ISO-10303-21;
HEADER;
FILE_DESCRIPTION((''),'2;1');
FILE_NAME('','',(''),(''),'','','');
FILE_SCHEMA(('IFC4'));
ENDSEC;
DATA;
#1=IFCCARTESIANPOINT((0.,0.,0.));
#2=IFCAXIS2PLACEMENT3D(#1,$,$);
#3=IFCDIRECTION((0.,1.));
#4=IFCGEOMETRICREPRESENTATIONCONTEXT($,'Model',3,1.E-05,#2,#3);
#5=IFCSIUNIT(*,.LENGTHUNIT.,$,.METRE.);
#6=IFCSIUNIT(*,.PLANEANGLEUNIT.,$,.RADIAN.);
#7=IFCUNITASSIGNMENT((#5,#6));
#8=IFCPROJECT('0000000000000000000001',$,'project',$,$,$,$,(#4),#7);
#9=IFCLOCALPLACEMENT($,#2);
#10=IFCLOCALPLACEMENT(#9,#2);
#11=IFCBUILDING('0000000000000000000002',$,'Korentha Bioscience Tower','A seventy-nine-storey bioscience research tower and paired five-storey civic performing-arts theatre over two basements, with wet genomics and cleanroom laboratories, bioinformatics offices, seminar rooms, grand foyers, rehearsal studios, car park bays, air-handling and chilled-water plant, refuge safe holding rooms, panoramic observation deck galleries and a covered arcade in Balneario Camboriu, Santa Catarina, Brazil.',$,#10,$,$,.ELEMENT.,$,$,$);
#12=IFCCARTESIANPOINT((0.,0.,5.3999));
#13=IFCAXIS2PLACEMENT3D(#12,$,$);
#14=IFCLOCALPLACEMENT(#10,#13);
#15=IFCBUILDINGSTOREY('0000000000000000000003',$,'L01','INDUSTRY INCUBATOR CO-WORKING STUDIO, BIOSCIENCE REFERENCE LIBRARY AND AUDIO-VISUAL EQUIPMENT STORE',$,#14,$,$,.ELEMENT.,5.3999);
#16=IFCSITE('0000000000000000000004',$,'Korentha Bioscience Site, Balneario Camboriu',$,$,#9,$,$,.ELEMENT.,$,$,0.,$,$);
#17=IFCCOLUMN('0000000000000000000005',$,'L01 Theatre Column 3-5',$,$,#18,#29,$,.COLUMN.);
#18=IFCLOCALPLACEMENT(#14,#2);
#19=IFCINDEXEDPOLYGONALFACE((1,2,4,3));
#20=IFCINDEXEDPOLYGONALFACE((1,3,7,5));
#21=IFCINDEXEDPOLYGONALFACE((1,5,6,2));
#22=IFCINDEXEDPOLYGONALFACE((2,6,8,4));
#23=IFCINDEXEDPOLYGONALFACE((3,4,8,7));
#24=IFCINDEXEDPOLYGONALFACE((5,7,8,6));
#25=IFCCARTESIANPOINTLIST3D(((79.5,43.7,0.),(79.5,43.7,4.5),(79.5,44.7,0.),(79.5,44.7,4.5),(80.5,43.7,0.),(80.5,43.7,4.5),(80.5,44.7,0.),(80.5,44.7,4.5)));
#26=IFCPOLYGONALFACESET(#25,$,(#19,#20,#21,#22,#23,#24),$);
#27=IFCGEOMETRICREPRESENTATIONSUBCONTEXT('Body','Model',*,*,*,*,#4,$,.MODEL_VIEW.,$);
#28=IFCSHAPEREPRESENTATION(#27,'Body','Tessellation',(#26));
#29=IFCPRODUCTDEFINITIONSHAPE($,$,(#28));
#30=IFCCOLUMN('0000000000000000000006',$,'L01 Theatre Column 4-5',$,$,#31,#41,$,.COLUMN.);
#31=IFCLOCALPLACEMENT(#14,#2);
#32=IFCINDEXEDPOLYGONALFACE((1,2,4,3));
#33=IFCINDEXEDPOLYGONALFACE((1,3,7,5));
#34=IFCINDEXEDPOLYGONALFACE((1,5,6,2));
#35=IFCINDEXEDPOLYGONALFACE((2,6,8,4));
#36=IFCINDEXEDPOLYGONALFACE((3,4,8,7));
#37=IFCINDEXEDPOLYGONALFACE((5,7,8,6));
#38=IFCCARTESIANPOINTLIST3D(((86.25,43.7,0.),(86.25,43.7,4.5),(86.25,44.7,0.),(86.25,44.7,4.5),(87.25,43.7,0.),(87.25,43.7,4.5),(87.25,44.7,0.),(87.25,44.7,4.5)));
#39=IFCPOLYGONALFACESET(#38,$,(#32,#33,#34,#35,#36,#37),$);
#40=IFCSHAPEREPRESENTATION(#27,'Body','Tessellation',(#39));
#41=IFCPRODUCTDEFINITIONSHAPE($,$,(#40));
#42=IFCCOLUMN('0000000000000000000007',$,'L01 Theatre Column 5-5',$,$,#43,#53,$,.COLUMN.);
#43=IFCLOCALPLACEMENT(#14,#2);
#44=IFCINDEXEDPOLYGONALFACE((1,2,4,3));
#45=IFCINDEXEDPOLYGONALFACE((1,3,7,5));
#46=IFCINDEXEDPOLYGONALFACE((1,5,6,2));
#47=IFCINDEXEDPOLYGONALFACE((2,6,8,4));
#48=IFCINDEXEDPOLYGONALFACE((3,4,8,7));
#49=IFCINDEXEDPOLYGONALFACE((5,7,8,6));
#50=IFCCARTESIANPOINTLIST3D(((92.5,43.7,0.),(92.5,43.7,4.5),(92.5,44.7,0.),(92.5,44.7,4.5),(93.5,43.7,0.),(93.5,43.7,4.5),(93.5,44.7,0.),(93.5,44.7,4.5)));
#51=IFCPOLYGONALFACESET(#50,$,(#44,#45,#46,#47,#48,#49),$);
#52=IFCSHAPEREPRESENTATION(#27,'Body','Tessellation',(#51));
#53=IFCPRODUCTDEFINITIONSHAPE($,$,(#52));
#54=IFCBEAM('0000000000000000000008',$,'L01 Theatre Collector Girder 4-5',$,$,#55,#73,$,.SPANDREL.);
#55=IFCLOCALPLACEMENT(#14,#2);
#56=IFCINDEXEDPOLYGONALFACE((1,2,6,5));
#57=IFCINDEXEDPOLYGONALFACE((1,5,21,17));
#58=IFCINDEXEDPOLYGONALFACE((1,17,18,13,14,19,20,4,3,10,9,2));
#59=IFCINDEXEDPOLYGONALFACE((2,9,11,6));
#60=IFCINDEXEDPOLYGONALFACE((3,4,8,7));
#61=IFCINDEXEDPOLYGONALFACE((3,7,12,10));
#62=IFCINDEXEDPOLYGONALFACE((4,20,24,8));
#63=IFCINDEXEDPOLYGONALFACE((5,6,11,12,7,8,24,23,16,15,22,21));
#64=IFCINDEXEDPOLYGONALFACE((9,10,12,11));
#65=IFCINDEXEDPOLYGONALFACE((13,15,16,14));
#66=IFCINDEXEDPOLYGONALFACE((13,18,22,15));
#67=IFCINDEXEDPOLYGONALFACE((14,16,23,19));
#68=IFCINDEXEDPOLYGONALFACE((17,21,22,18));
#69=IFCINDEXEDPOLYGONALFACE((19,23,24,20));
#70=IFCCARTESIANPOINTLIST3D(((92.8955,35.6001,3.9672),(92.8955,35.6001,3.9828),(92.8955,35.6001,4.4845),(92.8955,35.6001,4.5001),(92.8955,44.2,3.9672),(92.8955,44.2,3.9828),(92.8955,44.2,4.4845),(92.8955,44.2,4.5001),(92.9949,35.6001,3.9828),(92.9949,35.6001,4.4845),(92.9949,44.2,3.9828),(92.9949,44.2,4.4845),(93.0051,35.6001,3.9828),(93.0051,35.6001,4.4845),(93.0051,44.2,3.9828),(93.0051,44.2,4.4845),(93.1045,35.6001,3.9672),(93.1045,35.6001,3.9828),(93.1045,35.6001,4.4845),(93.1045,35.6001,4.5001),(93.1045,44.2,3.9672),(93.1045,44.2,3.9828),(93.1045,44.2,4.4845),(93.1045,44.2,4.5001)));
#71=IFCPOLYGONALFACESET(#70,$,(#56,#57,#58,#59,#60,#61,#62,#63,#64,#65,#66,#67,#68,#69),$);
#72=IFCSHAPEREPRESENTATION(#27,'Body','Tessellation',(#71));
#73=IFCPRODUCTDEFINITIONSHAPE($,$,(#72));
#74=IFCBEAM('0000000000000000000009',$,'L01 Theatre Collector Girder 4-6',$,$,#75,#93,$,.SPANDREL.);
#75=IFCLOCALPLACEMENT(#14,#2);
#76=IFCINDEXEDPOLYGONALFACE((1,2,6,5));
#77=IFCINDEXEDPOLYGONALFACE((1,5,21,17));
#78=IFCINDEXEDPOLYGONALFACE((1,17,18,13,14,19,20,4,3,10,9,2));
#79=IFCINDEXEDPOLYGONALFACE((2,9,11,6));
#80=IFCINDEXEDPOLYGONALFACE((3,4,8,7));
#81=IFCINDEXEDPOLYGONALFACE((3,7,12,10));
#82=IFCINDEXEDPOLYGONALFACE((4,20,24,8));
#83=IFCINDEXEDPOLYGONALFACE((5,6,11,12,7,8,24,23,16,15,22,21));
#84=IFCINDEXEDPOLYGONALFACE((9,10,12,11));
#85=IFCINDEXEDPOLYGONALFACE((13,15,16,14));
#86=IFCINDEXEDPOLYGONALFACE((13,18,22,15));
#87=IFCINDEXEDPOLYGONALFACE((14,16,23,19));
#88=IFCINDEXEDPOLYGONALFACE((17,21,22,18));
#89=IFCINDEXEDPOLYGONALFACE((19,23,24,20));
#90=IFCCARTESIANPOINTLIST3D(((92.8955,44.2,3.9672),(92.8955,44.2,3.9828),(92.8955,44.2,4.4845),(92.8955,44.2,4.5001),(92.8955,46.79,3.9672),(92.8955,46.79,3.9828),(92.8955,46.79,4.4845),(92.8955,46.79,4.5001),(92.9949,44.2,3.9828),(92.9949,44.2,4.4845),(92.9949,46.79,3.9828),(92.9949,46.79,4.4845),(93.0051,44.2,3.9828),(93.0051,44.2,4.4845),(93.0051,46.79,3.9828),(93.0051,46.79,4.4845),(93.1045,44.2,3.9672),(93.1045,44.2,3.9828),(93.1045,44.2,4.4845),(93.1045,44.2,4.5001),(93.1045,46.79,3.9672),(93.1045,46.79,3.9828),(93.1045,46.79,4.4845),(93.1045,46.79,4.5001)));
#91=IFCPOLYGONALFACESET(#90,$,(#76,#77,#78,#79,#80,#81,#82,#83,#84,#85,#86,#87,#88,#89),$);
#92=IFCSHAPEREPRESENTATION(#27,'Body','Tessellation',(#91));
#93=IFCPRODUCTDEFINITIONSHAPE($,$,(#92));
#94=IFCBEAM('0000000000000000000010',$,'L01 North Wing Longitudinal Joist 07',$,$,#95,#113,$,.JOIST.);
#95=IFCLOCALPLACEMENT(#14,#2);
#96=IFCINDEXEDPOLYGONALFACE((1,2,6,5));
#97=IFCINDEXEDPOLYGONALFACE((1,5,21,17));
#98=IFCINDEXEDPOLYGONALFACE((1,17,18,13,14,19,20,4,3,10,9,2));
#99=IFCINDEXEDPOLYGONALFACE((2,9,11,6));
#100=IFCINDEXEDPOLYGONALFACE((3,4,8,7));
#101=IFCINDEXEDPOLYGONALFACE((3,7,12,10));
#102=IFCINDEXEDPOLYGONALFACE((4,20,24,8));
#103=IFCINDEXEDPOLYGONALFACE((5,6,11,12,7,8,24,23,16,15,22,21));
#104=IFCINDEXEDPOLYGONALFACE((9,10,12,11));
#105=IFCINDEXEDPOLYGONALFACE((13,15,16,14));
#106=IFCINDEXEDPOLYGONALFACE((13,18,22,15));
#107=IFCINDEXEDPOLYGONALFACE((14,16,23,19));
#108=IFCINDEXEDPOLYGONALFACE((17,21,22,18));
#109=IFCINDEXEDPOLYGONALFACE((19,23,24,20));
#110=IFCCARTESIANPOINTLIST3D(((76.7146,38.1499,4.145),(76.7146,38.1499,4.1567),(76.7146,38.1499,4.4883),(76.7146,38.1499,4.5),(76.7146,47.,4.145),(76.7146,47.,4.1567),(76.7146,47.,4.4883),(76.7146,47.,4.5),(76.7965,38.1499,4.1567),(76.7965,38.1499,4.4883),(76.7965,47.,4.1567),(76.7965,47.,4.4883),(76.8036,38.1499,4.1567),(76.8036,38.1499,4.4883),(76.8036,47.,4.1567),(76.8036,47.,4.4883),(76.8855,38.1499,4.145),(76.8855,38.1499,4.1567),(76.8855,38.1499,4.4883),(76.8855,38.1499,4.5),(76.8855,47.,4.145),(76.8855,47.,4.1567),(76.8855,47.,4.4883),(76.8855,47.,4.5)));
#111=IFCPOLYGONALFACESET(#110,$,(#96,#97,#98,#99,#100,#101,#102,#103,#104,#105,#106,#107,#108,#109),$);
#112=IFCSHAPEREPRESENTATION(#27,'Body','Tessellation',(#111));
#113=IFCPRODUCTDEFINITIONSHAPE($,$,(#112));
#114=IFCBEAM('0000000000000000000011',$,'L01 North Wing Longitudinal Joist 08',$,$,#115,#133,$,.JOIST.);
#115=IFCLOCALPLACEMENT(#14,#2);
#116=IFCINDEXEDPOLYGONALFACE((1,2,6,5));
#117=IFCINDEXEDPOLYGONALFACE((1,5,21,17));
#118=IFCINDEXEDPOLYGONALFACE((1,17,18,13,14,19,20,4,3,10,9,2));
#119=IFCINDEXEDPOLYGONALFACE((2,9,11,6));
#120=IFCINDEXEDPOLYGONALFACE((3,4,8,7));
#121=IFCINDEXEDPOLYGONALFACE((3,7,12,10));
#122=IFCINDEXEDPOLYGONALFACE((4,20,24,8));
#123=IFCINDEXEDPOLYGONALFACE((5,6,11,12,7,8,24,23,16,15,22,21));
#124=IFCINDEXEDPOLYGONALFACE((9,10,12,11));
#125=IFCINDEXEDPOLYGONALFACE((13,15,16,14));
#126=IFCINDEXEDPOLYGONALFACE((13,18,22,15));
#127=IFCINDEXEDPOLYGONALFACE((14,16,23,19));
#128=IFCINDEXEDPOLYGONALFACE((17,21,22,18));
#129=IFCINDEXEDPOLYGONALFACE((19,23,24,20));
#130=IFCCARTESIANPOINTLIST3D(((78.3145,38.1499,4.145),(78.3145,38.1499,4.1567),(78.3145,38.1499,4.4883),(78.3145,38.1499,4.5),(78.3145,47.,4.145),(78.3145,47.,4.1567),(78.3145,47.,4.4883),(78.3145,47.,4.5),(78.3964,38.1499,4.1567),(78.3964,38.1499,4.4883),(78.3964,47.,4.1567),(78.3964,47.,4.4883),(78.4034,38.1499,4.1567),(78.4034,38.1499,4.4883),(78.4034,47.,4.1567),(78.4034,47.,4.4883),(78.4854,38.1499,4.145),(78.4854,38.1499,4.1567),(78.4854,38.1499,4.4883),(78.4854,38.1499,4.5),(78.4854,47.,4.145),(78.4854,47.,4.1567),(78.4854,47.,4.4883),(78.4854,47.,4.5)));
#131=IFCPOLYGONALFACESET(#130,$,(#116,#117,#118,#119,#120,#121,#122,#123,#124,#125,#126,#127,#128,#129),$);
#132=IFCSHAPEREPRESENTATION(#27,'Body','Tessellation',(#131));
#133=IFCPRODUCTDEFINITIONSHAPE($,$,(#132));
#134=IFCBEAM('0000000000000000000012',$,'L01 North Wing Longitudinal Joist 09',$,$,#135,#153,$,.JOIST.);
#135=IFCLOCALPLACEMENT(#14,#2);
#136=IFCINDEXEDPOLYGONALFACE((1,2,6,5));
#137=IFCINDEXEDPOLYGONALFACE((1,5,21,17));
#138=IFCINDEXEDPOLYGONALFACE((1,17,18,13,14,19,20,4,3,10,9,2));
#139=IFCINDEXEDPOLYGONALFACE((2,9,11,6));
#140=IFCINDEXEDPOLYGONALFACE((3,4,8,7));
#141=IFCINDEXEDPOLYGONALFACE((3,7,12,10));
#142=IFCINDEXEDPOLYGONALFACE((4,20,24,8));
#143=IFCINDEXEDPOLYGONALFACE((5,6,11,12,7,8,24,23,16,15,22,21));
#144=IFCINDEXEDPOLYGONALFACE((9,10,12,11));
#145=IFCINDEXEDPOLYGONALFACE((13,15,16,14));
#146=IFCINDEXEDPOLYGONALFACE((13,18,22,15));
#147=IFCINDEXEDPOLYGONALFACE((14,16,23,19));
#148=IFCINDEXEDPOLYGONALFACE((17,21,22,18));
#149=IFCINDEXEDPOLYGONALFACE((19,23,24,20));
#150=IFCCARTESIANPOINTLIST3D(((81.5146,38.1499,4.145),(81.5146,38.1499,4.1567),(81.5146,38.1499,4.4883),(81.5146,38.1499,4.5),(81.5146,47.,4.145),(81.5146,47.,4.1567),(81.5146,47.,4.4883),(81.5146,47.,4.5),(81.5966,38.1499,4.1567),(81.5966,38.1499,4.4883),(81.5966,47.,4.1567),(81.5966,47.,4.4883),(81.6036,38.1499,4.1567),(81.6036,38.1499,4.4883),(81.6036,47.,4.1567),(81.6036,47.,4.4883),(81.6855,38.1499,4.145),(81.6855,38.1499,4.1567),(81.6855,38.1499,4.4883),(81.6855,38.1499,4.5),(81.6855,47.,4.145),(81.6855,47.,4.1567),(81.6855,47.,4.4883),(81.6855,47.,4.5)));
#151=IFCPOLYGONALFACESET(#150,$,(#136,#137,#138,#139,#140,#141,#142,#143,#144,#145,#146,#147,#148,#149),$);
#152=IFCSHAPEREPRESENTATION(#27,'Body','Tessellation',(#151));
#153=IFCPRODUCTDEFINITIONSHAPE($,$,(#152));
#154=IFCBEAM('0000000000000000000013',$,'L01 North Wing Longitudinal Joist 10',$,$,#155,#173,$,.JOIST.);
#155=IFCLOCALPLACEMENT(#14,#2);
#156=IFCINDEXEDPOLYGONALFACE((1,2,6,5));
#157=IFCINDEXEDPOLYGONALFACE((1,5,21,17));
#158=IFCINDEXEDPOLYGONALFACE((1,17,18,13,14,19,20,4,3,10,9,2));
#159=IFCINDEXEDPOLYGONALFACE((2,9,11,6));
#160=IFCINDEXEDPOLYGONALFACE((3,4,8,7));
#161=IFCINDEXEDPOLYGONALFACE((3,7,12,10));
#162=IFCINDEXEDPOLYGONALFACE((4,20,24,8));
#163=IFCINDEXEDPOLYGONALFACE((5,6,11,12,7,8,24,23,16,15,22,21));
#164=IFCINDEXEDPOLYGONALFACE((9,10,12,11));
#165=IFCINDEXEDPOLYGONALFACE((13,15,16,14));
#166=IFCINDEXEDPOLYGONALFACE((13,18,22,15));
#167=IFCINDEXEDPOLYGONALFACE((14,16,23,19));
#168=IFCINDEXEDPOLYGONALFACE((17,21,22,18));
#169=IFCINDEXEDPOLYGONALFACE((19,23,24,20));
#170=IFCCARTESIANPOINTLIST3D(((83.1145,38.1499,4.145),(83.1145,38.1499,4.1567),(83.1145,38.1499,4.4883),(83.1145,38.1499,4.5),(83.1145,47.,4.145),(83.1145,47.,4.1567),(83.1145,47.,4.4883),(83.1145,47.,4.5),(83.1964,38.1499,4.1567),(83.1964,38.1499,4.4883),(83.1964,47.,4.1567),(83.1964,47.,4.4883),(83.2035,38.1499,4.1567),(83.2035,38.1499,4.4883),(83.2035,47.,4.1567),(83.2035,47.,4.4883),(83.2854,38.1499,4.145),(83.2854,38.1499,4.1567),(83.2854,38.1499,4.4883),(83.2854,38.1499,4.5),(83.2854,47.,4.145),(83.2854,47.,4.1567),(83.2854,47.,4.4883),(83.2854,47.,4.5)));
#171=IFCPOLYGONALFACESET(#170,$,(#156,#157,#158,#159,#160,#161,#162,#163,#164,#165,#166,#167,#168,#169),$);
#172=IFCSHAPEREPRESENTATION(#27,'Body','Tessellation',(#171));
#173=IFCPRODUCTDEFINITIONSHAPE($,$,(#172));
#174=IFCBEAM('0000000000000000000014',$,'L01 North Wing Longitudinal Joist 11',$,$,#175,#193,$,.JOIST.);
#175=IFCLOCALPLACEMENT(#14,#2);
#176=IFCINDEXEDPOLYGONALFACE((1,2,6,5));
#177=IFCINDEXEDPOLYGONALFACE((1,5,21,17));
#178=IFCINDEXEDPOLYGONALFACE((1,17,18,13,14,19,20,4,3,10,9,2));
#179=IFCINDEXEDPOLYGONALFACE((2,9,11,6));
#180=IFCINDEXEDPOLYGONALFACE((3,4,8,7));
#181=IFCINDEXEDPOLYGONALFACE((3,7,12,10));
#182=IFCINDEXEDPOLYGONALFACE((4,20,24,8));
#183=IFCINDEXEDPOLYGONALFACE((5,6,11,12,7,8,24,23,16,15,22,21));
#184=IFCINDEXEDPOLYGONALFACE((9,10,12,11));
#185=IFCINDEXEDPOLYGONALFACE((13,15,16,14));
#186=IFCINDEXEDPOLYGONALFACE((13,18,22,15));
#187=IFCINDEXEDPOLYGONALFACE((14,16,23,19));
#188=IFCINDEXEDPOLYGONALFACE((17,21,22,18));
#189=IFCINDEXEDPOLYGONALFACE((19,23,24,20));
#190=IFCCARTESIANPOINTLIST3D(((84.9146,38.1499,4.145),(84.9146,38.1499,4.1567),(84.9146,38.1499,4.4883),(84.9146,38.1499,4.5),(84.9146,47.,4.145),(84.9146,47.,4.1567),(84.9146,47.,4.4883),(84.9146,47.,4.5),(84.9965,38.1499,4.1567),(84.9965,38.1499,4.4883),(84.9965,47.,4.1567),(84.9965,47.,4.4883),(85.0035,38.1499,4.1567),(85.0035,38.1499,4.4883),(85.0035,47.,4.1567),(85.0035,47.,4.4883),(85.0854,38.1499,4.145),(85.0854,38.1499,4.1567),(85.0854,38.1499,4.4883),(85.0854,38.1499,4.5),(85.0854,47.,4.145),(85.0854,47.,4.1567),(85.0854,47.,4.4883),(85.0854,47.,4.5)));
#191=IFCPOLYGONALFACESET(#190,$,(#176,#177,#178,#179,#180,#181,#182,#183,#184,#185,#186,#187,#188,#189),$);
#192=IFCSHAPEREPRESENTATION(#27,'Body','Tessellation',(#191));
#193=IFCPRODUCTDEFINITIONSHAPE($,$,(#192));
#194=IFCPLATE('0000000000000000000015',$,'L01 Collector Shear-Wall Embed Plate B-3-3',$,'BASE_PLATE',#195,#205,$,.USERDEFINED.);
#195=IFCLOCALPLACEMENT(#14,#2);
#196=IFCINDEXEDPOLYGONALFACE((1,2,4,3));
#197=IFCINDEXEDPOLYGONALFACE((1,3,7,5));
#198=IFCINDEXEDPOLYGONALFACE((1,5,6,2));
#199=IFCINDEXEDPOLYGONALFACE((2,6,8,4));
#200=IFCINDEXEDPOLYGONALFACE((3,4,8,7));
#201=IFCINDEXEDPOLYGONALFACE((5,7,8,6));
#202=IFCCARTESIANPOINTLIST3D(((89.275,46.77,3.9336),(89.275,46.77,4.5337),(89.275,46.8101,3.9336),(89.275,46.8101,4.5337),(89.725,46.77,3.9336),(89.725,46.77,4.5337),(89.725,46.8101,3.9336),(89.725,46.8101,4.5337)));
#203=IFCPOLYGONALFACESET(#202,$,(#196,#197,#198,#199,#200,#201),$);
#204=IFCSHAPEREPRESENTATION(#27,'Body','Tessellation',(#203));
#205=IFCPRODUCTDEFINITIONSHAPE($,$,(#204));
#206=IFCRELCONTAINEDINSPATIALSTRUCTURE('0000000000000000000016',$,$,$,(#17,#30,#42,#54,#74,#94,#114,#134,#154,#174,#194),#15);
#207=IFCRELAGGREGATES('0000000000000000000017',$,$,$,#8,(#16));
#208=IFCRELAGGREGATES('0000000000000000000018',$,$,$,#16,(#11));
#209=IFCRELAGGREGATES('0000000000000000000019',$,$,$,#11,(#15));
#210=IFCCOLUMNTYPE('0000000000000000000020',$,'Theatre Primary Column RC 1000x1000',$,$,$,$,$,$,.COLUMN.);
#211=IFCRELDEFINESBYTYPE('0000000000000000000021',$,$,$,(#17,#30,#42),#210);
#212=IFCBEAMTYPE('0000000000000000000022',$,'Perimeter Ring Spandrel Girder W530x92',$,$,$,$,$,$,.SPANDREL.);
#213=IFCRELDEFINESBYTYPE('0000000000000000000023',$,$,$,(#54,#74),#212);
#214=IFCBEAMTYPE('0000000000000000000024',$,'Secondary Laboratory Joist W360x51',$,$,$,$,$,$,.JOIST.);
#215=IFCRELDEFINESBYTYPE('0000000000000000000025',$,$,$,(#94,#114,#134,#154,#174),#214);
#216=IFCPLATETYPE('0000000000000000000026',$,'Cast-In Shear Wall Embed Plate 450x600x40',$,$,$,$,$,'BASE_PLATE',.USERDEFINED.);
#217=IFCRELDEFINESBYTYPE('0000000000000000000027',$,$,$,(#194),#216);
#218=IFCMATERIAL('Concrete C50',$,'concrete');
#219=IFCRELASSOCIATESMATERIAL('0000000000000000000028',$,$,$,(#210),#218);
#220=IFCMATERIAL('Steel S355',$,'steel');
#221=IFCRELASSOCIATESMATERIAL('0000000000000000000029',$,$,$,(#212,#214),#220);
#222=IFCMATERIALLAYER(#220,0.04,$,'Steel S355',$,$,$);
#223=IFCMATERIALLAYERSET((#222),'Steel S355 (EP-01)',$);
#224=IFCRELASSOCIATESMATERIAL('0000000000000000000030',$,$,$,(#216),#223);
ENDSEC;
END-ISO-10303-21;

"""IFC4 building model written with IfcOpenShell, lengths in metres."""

from ifc_helpers import new_model, si_unit, direction, frame, origin, origin_2d, place, context, subcontext, project, spatial, rectangle, i_section, extrude, material, layer, layer_set, material_profile, profile_set, type_object, element, save


model = new_model("IFC4")

# Units and contexts
model_context = context("Model", 3, precision=1e-05, world=origin(), true_north=direction((0.0, 1.0)))
body_context = subcontext(model_context, "Body", "Model", "MODEL_VIEW")
ifc_project = project(units=[si_unit("LENGTHUNIT", "METRE"), si_unit("PLANEANGLEUNIT", "RADIAN")], contexts=[model_context])

# Site, building, storey
site_placement = place(None, origin())
site = spatial("IfcSite", under=ifc_project, at=site_placement, Name="Korentha Bioscience Site, Balneario Camboriu", CompositionType="ELEMENT", RefElevation=0.0)
building_placement = place(site_placement, origin())
building = spatial("IfcBuilding", under=site, at=building_placement, Name="Korentha Bioscience Tower", Description="A seventy-nine-storey bioscience research tower and paired five-storey civic performing-arts theatre over two basements, with wet genomics and cleanroom laboratories, bioinformatics offices, seminar rooms, grand foyers, rehearsal studios, car park bays, air-handling and chilled-water plant, refuge safe holding rooms, panoramic observation deck galleries and a covered arcade in Balneario Camboriu, Santa Catarina, Brazil.", CompositionType="ELEMENT")
storey_placement = place(building_placement, frame((0.0, 0.0, 5.3999)))
storey = spatial("IfcBuildingStorey", under=building, at=storey_placement, Name="L01", Description="INDUSTRY INCUBATOR CO-WORKING STUDIO, BIOSCIENCE REFERENCE LIBRARY AND AUDIO-VISUAL EQUIPMENT STORE", CompositionType="ELEMENT", Elevation=5.3999)

# Columns
ifc_material_1 = material(Name="Concrete C50", Category="concrete")
ifc_material_profile_1 = material_profile(ifc_material_1, rectangle(XDim=1.0, YDim=1.0, at=origin_2d()), Name="Concrete C50")
ifc_profile_set_1 = profile_set([ifc_material_profile_1], Name="Concrete C50 (TC-01)")
column_type = type_object("IfcColumnType", Name="Theatre Primary Column RC 1000x1000", PredefinedType="COLUMN", material=ifc_profile_set_1)
for number, where, z_axis, x_axis, name in (
    (1, (80.0, 44.2, 0.0), (0.0, 0.0, 1.0), (1.0, 0.0, 0.0), "L01 Theatre Column 3-5"),
    (2, (86.75, 44.2, 0.0), (0.0, 0.0, 1.0), (1.0, 0.0, 0.0), "L01 Theatre Column 4-5"),
    (3, (93.0, 44.2, 0.0), (0.0, 0.0, 1.0), (1.0, 0.0, 0.0), "L01 Theatre Column 5-5"),
):
    element("IfcColumn", number, at=place(storey_placement, frame(where, z_axis=z_axis, x_axis=x_axis)), inside=storey, type_object=column_type, Name=name, PredefinedType="COLUMN", context=body_context, shape_type="SweptSolid", body=[
        extrude(rectangle(XDim=1.0, YDim=1.0, at=origin_2d()), origin(), (0.0, 0.0, 1.0), 4.5),
    ])

# Beams
ifc_material_2 = material(Name="Steel S355", Category="steel")
ifc_material_profile_2 = material_profile(ifc_material_2, i_section(OverallWidth=0.209, OverallDepth=0.533, WebThickness=0.0103, FlangeThickness=0.0156, at=origin_2d()), Name="Steel S355")
ifc_profile_set_2 = profile_set([ifc_material_profile_2], Name="Steel S355 (SB-530)")
beam_type_1 = type_object("IfcBeamType", Name="Perimeter Ring Spandrel Girder W530x92", PredefinedType="SPANDREL", material=ifc_profile_set_2)
beam_1_placement = place(storey_placement, frame((93.0, 35.6001, 4.2336), z_axis=(0.0, 1.0, 0.0), x_axis=(-1.0, 0.0, 0.0)))
element("IfcBeam", 4, at=beam_1_placement, inside=storey, type_object=beam_type_1, Name="L01 Theatre Collector Girder 4-5", PredefinedType="SPANDREL", context=body_context, shape_type="SweptSolid", body=[
    extrude(i_section(OverallWidth=0.209, OverallDepth=0.533, WebThickness=0.0103, FlangeThickness=0.0156, at=origin_2d()), origin(), (0.0, 0.0, 1.0), 8.5999),
])
beam_2_placement = place(storey_placement, frame((93.0, 44.2, 4.2336), z_axis=(0.0, 1.0, 0.0), x_axis=(-1.0, 0.0, 0.0)))
element("IfcBeam", 5, at=beam_2_placement, inside=storey, type_object=beam_type_1, Name="L01 Theatre Collector Girder 4-6", PredefinedType="SPANDREL", context=body_context, shape_type="SweptSolid", body=[
    extrude(i_section(OverallWidth=0.209, OverallDepth=0.533, WebThickness=0.0103, FlangeThickness=0.0156, at=origin_2d()), origin(), (0.0, 0.0, 1.0), 2.5901),
])
ifc_material_profile_3 = material_profile(ifc_material_2, i_section(OverallWidth=0.1709, OverallDepth=0.355, WebThickness=0.0071, FlangeThickness=0.0117, at=origin_2d()), Name="Steel S355")
ifc_profile_set_3 = profile_set([ifc_material_profile_3], Name="Steel S355 (JB-360)")
beam_type_2 = type_object("IfcBeamType", Name="Secondary Laboratory Joist W360x51", PredefinedType="JOIST", material=ifc_profile_set_3)
for number, where, z_axis, x_axis, name in (
    (6, (76.8, 38.1499, 4.3225), (0.0, 1.0, 0.0), (-1.0, 0.0, 0.0), "L01 North Wing Longitudinal Joist 07"),
    (7, (78.3999, 38.1499, 4.3225), (0.0, 1.0, 0.0), (-1.0, 0.0, 0.0), "L01 North Wing Longitudinal Joist 08"),
    (8, (81.6001, 38.1499, 4.3225), (0.0, 1.0, 0.0), (-1.0, 0.0, 0.0), "L01 North Wing Longitudinal Joist 09"),
    (9, (83.2, 38.1499, 4.3225), (0.0, 1.0, 0.0), (-1.0, 0.0, 0.0), "L01 North Wing Longitudinal Joist 10"),
    (10, (85.0, 38.1499, 4.3225), (0.0, 1.0, 0.0), (-1.0, 0.0, 0.0), "L01 North Wing Longitudinal Joist 11"),
):
    element("IfcBeam", number, at=place(storey_placement, frame(where, z_axis=z_axis, x_axis=x_axis)), inside=storey, type_object=beam_type_2, Name=name, PredefinedType="JOIST", context=body_context, shape_type="SweptSolid", body=[
        extrude(i_section(OverallWidth=0.1709, OverallDepth=0.355, WebThickness=0.0071, FlangeThickness=0.0117, at=origin_2d()), origin(), (0.0, 0.0, 1.0), 8.8501),
    ])

# Plate
ifc_layer_1 = layer(ifc_material_2, 0.04, Name="Steel S355")
ifc_layer_set_1 = layer_set([ifc_layer_1], Name="Steel S355 (EP-01)")
plate_type = type_object("IfcPlateType", Name="Cast-In Shear Wall Embed Plate 450x600x40", ElementType="BASE_PLATE", PredefinedType="USERDEFINED", material=ifc_layer_set_1)
for number, where, z_axis, x_axis, name in (
    (11, (89.5, 46.79, 3.9336), (0.0, 0.0, 1.0), (1.0, 0.0, 0.0), "L01 Collector Shear-Wall Embed Plate B-3-3"),
):
    element("IfcPlate", number, at=place(storey_placement, frame(where, z_axis=z_axis, x_axis=x_axis)), inside=storey, type_object=plate_type, Name=name, ObjectType="BASE_PLATE", PredefinedType="USERDEFINED", context=body_context, shape_type="SweptSolid", body=[
        extrude(rectangle(XDim=0.45, YDim=0.04, at=origin_2d()), origin(), (0.0, 0.0, 1.0), 0.6001),
    ])

save(model, "model.ifc")
